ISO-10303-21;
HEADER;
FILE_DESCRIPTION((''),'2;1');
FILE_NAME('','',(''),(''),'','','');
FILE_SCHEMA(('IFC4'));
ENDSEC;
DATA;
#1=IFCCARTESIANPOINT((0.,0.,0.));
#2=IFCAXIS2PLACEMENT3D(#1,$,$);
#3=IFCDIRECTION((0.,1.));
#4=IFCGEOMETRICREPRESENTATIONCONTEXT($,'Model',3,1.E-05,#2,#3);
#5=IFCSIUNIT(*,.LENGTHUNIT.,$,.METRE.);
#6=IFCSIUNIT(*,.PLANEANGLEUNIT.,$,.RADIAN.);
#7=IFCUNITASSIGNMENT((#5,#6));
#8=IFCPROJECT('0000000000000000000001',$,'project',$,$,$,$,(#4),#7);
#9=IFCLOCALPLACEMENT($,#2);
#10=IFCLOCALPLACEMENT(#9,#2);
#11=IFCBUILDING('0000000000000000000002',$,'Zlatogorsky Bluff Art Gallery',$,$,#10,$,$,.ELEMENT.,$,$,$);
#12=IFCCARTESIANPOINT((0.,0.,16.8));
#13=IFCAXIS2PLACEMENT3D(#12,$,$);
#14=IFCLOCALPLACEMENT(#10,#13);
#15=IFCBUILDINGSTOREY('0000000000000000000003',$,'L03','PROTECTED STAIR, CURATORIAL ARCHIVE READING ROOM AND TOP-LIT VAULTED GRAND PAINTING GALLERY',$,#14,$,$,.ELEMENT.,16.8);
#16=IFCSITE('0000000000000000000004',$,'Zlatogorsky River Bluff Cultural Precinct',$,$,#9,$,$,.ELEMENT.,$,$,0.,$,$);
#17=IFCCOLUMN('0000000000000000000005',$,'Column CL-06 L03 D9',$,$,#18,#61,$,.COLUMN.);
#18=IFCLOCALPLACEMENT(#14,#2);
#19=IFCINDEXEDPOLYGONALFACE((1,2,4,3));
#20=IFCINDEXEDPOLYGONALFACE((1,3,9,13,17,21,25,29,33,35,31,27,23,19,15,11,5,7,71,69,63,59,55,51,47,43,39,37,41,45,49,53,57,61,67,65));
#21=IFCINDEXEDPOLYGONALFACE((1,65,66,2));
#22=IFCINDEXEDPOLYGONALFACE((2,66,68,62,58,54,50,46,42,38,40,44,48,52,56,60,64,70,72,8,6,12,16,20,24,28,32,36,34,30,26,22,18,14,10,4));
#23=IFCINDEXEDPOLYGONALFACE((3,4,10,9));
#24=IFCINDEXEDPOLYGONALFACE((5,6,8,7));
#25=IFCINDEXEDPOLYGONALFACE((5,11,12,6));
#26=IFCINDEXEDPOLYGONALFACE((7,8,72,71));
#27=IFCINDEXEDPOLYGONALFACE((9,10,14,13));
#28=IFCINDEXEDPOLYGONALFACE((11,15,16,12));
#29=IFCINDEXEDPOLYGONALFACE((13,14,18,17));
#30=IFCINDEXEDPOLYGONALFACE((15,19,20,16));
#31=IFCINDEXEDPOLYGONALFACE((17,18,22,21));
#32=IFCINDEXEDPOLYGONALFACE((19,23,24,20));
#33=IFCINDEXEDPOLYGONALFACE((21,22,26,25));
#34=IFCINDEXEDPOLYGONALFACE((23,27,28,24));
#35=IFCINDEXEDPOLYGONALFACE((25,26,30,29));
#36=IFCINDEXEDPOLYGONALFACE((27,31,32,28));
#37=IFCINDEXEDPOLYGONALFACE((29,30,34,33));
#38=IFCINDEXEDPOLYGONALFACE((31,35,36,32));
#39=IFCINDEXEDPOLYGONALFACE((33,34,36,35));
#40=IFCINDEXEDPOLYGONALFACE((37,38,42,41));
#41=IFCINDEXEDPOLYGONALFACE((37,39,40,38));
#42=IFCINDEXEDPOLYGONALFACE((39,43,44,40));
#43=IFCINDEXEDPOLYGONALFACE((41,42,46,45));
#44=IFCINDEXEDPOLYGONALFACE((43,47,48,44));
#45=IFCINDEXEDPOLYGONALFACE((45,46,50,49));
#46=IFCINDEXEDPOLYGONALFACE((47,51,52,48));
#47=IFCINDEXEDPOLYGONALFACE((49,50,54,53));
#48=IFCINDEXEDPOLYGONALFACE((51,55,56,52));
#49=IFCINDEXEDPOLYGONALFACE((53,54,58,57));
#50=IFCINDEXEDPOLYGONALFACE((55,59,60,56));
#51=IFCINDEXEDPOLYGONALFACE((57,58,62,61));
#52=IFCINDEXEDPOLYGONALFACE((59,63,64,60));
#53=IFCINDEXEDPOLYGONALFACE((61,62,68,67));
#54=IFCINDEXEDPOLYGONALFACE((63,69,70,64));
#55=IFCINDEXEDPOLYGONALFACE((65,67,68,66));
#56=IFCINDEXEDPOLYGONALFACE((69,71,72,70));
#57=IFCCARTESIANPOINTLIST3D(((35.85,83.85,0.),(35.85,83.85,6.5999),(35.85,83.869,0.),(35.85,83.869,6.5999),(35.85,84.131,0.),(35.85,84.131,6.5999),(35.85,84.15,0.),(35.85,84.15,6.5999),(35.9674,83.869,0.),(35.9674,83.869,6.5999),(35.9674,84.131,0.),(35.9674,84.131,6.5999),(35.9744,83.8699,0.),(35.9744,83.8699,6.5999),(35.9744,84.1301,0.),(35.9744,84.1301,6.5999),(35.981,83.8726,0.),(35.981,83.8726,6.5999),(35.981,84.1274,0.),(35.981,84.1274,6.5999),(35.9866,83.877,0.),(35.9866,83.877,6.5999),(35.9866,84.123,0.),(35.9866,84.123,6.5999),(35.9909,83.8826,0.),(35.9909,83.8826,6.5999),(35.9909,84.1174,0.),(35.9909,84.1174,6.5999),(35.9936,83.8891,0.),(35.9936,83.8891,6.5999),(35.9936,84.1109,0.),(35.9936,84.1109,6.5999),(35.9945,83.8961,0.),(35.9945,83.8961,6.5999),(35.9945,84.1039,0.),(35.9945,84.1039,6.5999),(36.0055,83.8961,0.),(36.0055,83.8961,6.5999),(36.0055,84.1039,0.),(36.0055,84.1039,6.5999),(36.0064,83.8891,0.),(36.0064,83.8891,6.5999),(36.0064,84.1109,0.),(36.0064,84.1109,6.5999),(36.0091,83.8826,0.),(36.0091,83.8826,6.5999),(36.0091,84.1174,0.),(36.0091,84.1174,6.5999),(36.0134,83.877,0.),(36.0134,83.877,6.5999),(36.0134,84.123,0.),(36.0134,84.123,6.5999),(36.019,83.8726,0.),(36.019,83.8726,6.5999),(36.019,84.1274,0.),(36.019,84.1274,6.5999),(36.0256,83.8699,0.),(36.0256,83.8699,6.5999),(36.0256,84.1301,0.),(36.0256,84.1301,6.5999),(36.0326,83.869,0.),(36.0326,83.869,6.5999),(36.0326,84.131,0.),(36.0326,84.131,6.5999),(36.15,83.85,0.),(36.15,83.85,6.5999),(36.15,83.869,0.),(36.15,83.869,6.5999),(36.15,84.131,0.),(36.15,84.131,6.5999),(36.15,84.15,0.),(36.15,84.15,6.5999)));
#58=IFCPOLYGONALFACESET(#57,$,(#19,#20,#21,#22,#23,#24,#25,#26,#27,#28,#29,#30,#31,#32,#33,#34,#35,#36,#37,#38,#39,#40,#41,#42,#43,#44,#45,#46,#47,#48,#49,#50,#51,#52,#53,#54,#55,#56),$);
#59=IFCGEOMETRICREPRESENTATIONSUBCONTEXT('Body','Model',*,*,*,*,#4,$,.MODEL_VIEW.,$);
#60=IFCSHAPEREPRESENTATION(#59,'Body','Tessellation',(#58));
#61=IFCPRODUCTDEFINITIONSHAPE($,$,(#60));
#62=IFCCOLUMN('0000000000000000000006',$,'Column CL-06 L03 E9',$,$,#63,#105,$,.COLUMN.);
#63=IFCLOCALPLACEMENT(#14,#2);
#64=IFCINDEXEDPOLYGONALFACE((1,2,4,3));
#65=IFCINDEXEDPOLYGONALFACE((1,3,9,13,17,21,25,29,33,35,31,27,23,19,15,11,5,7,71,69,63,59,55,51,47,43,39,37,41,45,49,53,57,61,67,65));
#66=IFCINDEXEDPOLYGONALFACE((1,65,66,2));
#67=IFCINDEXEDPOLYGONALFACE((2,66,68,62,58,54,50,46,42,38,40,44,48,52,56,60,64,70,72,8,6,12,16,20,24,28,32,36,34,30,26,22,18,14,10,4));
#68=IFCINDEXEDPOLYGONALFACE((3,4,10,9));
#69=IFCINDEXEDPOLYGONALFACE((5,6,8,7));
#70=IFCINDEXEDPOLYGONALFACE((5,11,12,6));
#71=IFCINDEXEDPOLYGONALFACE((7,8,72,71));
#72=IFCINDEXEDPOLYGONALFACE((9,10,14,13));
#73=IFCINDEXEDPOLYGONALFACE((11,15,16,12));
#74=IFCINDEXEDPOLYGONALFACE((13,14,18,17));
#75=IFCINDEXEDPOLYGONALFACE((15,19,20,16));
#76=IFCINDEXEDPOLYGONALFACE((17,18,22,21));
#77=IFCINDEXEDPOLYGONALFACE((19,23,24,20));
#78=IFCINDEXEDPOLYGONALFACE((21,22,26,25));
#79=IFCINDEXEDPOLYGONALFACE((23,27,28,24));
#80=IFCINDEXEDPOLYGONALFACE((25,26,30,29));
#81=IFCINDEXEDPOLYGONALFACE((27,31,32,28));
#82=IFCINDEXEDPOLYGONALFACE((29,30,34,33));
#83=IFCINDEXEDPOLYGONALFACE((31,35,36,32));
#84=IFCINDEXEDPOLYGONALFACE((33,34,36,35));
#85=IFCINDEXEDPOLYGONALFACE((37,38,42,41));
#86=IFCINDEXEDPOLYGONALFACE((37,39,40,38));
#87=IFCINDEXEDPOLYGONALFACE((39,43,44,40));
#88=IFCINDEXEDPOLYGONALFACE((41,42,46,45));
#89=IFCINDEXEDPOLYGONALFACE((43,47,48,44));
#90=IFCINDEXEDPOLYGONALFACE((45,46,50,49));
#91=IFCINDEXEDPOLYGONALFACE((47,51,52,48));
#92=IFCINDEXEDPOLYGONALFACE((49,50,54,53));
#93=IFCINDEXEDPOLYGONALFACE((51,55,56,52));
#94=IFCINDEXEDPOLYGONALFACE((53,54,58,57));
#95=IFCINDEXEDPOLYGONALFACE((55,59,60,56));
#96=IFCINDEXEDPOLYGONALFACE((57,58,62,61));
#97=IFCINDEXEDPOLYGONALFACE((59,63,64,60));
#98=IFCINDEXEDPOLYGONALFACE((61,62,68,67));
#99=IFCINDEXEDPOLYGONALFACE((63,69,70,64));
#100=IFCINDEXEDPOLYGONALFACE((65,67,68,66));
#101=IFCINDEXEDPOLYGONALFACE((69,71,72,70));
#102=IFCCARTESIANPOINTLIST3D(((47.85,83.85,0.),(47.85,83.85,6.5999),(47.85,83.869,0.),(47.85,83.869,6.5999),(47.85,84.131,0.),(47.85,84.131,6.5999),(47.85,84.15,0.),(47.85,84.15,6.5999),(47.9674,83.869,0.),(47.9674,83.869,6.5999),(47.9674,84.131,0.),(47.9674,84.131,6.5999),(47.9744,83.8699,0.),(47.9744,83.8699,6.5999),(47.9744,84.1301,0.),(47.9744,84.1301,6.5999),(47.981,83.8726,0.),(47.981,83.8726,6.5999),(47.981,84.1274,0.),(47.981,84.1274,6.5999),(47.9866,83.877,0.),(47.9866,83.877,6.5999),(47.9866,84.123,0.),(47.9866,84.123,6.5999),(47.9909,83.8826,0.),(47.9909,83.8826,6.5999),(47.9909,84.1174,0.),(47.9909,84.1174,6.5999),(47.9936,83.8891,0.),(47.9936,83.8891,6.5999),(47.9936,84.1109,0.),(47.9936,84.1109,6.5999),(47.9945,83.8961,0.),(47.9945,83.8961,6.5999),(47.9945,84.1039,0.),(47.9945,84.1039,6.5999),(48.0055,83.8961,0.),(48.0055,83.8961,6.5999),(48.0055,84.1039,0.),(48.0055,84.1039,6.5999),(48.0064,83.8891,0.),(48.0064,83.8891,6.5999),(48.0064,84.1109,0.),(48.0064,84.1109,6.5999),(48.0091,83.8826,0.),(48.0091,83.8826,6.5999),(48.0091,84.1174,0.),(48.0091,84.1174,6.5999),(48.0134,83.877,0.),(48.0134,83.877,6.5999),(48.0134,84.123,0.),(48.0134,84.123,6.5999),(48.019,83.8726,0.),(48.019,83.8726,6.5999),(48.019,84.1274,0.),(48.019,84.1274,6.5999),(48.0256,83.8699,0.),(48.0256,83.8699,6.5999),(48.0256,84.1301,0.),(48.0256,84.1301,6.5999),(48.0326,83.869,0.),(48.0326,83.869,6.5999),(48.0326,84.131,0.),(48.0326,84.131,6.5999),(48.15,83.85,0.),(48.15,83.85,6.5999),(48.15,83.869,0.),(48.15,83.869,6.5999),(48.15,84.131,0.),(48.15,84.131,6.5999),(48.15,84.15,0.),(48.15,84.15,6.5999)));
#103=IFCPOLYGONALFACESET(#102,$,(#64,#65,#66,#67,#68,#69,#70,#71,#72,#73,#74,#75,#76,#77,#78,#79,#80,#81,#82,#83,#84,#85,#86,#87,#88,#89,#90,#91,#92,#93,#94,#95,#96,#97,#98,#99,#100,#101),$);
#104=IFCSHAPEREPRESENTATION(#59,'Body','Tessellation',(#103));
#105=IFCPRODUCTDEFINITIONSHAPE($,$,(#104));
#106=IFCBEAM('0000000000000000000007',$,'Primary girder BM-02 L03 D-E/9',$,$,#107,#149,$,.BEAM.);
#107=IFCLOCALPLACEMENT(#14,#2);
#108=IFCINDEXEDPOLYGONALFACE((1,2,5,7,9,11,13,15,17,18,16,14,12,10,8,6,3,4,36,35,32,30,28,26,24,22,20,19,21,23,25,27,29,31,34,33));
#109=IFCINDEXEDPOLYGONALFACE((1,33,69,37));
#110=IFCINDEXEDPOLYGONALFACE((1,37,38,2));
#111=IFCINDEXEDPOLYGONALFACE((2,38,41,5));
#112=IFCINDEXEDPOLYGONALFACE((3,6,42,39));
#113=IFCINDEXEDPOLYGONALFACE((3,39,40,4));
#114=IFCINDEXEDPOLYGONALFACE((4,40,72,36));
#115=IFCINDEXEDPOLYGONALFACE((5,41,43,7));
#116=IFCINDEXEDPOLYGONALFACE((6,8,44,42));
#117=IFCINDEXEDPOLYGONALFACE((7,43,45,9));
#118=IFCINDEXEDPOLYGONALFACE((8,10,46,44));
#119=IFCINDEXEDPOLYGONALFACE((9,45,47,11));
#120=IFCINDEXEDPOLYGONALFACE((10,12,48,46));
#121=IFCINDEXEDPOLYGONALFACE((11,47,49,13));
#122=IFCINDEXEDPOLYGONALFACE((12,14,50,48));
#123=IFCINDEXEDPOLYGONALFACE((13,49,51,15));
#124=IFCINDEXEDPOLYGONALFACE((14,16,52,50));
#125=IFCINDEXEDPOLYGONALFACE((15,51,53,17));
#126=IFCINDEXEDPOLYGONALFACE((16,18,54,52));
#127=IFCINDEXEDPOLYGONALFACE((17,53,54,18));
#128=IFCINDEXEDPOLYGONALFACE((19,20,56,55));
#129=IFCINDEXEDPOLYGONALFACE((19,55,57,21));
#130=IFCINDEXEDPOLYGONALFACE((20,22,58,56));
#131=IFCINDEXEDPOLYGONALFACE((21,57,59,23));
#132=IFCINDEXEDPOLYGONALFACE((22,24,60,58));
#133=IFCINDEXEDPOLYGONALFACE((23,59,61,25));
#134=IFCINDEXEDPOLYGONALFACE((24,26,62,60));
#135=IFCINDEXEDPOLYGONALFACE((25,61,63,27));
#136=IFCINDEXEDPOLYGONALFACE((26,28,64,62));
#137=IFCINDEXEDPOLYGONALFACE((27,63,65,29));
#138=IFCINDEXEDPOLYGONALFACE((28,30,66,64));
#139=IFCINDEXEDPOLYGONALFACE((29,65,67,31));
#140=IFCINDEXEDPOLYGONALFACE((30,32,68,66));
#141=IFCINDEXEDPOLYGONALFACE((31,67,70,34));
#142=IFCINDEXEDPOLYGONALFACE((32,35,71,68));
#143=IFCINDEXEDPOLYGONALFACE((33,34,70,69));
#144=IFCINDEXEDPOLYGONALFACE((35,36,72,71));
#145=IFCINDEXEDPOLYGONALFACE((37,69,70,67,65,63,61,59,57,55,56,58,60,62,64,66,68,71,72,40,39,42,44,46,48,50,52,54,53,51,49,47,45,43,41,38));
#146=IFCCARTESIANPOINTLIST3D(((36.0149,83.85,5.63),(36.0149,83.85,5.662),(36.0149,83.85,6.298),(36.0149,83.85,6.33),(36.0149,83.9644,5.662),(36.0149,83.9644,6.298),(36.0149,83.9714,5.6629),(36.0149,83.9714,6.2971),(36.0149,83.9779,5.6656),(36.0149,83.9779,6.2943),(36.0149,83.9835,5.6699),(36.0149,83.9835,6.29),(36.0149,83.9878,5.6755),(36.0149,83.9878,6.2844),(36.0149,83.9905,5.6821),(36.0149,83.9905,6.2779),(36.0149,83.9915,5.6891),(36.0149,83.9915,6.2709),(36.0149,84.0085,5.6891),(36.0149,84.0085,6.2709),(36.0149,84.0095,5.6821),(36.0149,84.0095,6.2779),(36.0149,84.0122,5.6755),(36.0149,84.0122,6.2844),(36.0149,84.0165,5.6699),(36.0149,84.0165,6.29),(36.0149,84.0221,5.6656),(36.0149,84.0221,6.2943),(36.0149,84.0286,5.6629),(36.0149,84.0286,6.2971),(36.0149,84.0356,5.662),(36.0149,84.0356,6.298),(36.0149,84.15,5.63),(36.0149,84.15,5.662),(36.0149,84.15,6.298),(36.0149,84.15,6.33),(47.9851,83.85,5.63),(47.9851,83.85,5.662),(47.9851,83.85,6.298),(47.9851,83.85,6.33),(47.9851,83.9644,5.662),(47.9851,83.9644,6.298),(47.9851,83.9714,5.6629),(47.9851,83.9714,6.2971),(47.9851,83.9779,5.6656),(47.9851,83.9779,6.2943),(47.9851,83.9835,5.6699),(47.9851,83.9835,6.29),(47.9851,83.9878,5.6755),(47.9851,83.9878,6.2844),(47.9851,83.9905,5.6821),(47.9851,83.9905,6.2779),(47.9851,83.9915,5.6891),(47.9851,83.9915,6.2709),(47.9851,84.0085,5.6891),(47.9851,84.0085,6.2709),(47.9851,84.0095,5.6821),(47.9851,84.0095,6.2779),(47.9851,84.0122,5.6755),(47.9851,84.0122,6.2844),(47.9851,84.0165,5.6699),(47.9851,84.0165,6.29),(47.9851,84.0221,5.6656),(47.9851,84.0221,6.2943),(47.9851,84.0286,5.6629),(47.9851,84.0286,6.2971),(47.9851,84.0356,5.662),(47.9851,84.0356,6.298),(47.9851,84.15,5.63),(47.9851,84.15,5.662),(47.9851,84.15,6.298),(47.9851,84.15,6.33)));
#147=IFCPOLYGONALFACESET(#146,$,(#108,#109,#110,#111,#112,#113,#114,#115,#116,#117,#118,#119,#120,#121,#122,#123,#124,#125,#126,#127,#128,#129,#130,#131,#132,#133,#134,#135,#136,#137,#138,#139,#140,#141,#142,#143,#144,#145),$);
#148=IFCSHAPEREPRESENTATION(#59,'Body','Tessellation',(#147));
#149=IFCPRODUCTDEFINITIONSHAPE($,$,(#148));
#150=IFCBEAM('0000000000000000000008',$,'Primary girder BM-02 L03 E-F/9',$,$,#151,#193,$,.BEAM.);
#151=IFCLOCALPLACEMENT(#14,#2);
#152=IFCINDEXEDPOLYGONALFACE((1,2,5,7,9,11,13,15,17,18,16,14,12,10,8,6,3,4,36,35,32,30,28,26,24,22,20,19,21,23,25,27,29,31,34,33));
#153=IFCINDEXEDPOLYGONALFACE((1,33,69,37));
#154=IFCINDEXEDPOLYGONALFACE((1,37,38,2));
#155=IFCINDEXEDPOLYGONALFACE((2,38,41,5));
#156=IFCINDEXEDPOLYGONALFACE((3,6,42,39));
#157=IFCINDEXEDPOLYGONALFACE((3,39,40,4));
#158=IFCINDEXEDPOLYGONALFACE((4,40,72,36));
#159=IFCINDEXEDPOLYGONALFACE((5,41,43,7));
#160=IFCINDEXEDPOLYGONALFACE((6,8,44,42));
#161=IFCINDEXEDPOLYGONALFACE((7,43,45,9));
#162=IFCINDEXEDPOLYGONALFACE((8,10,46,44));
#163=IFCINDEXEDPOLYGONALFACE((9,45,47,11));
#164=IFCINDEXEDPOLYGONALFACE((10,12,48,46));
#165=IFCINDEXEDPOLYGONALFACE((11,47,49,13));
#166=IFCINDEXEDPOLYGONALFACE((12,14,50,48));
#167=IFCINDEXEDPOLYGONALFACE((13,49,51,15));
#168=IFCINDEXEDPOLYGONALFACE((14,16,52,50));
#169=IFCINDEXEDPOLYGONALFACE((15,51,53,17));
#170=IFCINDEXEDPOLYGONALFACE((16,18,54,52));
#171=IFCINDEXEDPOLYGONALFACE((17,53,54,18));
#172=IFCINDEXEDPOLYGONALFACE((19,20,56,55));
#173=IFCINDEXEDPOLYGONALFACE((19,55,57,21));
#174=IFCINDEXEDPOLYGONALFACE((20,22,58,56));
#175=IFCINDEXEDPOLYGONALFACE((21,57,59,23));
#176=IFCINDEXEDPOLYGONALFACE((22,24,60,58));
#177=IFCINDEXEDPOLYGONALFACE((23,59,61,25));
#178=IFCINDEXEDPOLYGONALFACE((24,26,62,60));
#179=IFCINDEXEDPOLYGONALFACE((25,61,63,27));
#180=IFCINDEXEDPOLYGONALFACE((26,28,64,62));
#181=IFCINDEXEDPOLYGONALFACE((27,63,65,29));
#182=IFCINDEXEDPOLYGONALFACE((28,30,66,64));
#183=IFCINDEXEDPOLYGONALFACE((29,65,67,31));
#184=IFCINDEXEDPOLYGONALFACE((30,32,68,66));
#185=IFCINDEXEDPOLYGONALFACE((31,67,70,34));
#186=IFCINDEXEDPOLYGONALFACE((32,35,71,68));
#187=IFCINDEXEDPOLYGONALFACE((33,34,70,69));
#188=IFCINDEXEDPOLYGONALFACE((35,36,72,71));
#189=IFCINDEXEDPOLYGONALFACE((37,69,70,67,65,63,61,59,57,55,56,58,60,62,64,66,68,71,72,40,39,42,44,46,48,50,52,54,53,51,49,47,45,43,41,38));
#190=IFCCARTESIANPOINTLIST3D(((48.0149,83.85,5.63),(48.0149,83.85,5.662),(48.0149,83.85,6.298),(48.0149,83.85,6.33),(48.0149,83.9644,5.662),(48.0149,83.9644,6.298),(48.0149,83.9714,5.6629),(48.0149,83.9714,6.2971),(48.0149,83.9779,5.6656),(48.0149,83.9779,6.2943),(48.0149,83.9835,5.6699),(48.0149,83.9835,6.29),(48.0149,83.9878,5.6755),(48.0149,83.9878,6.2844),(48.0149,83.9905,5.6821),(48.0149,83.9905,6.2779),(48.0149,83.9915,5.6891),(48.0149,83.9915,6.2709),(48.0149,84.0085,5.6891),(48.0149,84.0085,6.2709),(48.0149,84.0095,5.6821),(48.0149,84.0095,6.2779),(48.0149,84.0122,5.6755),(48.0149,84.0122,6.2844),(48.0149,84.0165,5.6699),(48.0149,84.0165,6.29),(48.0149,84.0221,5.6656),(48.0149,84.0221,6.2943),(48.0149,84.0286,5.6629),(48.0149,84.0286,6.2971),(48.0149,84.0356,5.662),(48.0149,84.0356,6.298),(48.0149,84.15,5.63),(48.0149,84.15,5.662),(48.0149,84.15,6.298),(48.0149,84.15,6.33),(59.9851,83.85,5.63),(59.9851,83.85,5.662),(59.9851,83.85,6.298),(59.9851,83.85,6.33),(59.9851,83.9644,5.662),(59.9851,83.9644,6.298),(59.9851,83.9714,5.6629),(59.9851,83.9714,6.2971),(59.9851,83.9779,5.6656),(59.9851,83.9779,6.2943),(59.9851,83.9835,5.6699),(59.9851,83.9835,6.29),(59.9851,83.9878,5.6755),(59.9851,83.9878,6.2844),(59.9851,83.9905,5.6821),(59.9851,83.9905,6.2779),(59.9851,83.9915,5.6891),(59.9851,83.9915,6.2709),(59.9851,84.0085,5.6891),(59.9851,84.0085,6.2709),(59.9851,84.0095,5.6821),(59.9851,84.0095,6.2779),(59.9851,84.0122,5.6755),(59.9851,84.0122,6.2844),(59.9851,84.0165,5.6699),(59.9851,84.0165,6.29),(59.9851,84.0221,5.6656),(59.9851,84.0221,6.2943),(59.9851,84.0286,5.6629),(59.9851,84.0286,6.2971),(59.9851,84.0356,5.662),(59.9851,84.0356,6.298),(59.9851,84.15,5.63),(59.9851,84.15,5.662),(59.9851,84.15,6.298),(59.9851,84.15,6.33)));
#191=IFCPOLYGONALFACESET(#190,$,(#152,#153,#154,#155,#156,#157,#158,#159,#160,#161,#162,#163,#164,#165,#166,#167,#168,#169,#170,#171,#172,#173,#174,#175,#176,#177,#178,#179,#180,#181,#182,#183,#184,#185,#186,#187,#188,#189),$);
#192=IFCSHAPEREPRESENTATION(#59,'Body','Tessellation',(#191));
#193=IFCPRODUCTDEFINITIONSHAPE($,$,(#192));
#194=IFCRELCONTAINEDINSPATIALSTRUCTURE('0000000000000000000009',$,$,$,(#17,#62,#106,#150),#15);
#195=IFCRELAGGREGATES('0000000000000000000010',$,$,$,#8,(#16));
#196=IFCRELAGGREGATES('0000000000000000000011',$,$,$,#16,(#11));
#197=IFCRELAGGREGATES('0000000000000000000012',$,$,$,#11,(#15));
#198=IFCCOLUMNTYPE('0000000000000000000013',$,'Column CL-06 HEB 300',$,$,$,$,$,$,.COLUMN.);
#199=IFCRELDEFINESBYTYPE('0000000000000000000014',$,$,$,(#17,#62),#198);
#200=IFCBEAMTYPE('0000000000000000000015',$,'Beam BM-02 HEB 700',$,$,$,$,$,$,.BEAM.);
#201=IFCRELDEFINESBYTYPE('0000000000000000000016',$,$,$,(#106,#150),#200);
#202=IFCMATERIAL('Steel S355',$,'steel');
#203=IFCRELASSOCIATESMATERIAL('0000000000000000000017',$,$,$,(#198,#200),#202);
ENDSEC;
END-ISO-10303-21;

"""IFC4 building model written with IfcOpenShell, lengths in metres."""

from ifc_helpers import new_model, si_unit, direction, frame, origin, origin_2d, place, context, subcontext, project, spatial, i_section, extrude, material, material_profile, profile_set, type_object, element, save


model = new_model("IFC4")

# Units and contexts
model_context = context("Model", 3, precision=1e-05, world=origin(), true_north=direction((0.0, 1.0)))
body_context = subcontext(model_context, "Body", "Model", "MODEL_VIEW")
ifc_project = project(units=[si_unit("LENGTHUNIT", "METRE"), si_unit("PLANEANGLEUNIT", "RADIAN")], contexts=[model_context])

# Site, building, storey
site_placement = place(None, origin())
site = spatial("IfcSite", under=ifc_project, at=site_placement, Name="Zlatogorsky River Bluff Cultural Precinct", CompositionType="ELEMENT", RefElevation=0.0)
building_placement = place(site_placement, origin())
building = spatial("IfcBuilding", under=site, at=building_placement, Name="Zlatogorsky Bluff Art Gallery", CompositionType="ELEMENT")
storey_placement = place(building_placement, frame((0.0, 0.0, 16.8)))
storey = spatial("IfcBuildingStorey", under=building, at=storey_placement, Name="L03", Description="PROTECTED STAIR, CURATORIAL ARCHIVE READING ROOM AND TOP-LIT VAULTED GRAND PAINTING GALLERY", CompositionType="ELEMENT", Elevation=16.8)

# Columns
ifc_material_1 = material(Name="Steel S355", Category="steel")
ifc_material_profile_1 = material_profile(ifc_material_1, i_section(OverallWidth=0.3, OverallDepth=0.3, WebThickness=0.011, FlangeThickness=0.019, FilletRadius=0.0271, at=origin_2d()), Name="HEB 300")
ifc_profile_set_1 = profile_set([ifc_material_profile_1], Name="Steel S355")
column_type = type_object("IfcColumnType", Name="Column CL-06 HEB 300", PredefinedType="COLUMN", material=ifc_profile_set_1)
for number, where, z_axis, x_axis, name in (
    (1, (36.0, 84.0, 0.0), (0.0, 0.0, 1.0), (1.0, 0.0, 0.0), "Column CL-06 L03 D9"),
    (2, (48.0, 84.0, 0.0), (0.0, 0.0, 1.0), (1.0, 0.0, 0.0), "Column CL-06 L03 E9"),
):
    element("IfcColumn", number, at=place(storey_placement, frame(where, z_axis=z_axis, x_axis=x_axis)), inside=storey, type_object=column_type, Name=name, PredefinedType="COLUMN", context=body_context, shape_type="SweptSolid", body=[
        extrude(i_section(OverallWidth=0.3, OverallDepth=0.3, WebThickness=0.011, FlangeThickness=0.019, FilletRadius=0.0271, at=origin_2d()), origin(), (0.0, 0.0, 1.0), 6.5999),
    ])

# Beams
ifc_material_profile_2 = material_profile(ifc_material_1, i_section(OverallWidth=0.3, OverallDepth=0.7, WebThickness=0.0171, FlangeThickness=0.032, FilletRadius=0.0271, at=origin_2d()), Name="HEB 700")
ifc_profile_set_2 = profile_set([ifc_material_profile_2], Name="Steel S355")
beam_type = type_object("IfcBeamType", Name="Beam BM-02 HEB 700", PredefinedType="BEAM", material=ifc_profile_set_2)
for number, where, z_axis, x_axis, name in (
    (3, (36.0149, 84.0, 5.98), (1.0, 0.0, 0.0), (0.0, 1.0, 0.0), "Primary girder BM-02 L03 D-E/9"),
    (4, (48.0149, 84.0, 5.98), (1.0, 0.0, 0.0), (0.0, 1.0, 0.0), "Primary girder BM-02 L03 E-F/9"),
):
    element("IfcBeam", number, at=place(storey_placement, frame(where, z_axis=z_axis, x_axis=x_axis)), inside=storey, type_object=beam_type, Name=name, PredefinedType="BEAM", context=body_context, shape_type="SweptSolid", body=[
        extrude(i_section(OverallWidth=0.3, OverallDepth=0.7, WebThickness=0.0171, FlangeThickness=0.032, FilletRadius=0.0271, at=origin_2d()), origin(), (0.0, 0.0, 1.0), 11.9702),
    ])

save(model, "model.ifc")
